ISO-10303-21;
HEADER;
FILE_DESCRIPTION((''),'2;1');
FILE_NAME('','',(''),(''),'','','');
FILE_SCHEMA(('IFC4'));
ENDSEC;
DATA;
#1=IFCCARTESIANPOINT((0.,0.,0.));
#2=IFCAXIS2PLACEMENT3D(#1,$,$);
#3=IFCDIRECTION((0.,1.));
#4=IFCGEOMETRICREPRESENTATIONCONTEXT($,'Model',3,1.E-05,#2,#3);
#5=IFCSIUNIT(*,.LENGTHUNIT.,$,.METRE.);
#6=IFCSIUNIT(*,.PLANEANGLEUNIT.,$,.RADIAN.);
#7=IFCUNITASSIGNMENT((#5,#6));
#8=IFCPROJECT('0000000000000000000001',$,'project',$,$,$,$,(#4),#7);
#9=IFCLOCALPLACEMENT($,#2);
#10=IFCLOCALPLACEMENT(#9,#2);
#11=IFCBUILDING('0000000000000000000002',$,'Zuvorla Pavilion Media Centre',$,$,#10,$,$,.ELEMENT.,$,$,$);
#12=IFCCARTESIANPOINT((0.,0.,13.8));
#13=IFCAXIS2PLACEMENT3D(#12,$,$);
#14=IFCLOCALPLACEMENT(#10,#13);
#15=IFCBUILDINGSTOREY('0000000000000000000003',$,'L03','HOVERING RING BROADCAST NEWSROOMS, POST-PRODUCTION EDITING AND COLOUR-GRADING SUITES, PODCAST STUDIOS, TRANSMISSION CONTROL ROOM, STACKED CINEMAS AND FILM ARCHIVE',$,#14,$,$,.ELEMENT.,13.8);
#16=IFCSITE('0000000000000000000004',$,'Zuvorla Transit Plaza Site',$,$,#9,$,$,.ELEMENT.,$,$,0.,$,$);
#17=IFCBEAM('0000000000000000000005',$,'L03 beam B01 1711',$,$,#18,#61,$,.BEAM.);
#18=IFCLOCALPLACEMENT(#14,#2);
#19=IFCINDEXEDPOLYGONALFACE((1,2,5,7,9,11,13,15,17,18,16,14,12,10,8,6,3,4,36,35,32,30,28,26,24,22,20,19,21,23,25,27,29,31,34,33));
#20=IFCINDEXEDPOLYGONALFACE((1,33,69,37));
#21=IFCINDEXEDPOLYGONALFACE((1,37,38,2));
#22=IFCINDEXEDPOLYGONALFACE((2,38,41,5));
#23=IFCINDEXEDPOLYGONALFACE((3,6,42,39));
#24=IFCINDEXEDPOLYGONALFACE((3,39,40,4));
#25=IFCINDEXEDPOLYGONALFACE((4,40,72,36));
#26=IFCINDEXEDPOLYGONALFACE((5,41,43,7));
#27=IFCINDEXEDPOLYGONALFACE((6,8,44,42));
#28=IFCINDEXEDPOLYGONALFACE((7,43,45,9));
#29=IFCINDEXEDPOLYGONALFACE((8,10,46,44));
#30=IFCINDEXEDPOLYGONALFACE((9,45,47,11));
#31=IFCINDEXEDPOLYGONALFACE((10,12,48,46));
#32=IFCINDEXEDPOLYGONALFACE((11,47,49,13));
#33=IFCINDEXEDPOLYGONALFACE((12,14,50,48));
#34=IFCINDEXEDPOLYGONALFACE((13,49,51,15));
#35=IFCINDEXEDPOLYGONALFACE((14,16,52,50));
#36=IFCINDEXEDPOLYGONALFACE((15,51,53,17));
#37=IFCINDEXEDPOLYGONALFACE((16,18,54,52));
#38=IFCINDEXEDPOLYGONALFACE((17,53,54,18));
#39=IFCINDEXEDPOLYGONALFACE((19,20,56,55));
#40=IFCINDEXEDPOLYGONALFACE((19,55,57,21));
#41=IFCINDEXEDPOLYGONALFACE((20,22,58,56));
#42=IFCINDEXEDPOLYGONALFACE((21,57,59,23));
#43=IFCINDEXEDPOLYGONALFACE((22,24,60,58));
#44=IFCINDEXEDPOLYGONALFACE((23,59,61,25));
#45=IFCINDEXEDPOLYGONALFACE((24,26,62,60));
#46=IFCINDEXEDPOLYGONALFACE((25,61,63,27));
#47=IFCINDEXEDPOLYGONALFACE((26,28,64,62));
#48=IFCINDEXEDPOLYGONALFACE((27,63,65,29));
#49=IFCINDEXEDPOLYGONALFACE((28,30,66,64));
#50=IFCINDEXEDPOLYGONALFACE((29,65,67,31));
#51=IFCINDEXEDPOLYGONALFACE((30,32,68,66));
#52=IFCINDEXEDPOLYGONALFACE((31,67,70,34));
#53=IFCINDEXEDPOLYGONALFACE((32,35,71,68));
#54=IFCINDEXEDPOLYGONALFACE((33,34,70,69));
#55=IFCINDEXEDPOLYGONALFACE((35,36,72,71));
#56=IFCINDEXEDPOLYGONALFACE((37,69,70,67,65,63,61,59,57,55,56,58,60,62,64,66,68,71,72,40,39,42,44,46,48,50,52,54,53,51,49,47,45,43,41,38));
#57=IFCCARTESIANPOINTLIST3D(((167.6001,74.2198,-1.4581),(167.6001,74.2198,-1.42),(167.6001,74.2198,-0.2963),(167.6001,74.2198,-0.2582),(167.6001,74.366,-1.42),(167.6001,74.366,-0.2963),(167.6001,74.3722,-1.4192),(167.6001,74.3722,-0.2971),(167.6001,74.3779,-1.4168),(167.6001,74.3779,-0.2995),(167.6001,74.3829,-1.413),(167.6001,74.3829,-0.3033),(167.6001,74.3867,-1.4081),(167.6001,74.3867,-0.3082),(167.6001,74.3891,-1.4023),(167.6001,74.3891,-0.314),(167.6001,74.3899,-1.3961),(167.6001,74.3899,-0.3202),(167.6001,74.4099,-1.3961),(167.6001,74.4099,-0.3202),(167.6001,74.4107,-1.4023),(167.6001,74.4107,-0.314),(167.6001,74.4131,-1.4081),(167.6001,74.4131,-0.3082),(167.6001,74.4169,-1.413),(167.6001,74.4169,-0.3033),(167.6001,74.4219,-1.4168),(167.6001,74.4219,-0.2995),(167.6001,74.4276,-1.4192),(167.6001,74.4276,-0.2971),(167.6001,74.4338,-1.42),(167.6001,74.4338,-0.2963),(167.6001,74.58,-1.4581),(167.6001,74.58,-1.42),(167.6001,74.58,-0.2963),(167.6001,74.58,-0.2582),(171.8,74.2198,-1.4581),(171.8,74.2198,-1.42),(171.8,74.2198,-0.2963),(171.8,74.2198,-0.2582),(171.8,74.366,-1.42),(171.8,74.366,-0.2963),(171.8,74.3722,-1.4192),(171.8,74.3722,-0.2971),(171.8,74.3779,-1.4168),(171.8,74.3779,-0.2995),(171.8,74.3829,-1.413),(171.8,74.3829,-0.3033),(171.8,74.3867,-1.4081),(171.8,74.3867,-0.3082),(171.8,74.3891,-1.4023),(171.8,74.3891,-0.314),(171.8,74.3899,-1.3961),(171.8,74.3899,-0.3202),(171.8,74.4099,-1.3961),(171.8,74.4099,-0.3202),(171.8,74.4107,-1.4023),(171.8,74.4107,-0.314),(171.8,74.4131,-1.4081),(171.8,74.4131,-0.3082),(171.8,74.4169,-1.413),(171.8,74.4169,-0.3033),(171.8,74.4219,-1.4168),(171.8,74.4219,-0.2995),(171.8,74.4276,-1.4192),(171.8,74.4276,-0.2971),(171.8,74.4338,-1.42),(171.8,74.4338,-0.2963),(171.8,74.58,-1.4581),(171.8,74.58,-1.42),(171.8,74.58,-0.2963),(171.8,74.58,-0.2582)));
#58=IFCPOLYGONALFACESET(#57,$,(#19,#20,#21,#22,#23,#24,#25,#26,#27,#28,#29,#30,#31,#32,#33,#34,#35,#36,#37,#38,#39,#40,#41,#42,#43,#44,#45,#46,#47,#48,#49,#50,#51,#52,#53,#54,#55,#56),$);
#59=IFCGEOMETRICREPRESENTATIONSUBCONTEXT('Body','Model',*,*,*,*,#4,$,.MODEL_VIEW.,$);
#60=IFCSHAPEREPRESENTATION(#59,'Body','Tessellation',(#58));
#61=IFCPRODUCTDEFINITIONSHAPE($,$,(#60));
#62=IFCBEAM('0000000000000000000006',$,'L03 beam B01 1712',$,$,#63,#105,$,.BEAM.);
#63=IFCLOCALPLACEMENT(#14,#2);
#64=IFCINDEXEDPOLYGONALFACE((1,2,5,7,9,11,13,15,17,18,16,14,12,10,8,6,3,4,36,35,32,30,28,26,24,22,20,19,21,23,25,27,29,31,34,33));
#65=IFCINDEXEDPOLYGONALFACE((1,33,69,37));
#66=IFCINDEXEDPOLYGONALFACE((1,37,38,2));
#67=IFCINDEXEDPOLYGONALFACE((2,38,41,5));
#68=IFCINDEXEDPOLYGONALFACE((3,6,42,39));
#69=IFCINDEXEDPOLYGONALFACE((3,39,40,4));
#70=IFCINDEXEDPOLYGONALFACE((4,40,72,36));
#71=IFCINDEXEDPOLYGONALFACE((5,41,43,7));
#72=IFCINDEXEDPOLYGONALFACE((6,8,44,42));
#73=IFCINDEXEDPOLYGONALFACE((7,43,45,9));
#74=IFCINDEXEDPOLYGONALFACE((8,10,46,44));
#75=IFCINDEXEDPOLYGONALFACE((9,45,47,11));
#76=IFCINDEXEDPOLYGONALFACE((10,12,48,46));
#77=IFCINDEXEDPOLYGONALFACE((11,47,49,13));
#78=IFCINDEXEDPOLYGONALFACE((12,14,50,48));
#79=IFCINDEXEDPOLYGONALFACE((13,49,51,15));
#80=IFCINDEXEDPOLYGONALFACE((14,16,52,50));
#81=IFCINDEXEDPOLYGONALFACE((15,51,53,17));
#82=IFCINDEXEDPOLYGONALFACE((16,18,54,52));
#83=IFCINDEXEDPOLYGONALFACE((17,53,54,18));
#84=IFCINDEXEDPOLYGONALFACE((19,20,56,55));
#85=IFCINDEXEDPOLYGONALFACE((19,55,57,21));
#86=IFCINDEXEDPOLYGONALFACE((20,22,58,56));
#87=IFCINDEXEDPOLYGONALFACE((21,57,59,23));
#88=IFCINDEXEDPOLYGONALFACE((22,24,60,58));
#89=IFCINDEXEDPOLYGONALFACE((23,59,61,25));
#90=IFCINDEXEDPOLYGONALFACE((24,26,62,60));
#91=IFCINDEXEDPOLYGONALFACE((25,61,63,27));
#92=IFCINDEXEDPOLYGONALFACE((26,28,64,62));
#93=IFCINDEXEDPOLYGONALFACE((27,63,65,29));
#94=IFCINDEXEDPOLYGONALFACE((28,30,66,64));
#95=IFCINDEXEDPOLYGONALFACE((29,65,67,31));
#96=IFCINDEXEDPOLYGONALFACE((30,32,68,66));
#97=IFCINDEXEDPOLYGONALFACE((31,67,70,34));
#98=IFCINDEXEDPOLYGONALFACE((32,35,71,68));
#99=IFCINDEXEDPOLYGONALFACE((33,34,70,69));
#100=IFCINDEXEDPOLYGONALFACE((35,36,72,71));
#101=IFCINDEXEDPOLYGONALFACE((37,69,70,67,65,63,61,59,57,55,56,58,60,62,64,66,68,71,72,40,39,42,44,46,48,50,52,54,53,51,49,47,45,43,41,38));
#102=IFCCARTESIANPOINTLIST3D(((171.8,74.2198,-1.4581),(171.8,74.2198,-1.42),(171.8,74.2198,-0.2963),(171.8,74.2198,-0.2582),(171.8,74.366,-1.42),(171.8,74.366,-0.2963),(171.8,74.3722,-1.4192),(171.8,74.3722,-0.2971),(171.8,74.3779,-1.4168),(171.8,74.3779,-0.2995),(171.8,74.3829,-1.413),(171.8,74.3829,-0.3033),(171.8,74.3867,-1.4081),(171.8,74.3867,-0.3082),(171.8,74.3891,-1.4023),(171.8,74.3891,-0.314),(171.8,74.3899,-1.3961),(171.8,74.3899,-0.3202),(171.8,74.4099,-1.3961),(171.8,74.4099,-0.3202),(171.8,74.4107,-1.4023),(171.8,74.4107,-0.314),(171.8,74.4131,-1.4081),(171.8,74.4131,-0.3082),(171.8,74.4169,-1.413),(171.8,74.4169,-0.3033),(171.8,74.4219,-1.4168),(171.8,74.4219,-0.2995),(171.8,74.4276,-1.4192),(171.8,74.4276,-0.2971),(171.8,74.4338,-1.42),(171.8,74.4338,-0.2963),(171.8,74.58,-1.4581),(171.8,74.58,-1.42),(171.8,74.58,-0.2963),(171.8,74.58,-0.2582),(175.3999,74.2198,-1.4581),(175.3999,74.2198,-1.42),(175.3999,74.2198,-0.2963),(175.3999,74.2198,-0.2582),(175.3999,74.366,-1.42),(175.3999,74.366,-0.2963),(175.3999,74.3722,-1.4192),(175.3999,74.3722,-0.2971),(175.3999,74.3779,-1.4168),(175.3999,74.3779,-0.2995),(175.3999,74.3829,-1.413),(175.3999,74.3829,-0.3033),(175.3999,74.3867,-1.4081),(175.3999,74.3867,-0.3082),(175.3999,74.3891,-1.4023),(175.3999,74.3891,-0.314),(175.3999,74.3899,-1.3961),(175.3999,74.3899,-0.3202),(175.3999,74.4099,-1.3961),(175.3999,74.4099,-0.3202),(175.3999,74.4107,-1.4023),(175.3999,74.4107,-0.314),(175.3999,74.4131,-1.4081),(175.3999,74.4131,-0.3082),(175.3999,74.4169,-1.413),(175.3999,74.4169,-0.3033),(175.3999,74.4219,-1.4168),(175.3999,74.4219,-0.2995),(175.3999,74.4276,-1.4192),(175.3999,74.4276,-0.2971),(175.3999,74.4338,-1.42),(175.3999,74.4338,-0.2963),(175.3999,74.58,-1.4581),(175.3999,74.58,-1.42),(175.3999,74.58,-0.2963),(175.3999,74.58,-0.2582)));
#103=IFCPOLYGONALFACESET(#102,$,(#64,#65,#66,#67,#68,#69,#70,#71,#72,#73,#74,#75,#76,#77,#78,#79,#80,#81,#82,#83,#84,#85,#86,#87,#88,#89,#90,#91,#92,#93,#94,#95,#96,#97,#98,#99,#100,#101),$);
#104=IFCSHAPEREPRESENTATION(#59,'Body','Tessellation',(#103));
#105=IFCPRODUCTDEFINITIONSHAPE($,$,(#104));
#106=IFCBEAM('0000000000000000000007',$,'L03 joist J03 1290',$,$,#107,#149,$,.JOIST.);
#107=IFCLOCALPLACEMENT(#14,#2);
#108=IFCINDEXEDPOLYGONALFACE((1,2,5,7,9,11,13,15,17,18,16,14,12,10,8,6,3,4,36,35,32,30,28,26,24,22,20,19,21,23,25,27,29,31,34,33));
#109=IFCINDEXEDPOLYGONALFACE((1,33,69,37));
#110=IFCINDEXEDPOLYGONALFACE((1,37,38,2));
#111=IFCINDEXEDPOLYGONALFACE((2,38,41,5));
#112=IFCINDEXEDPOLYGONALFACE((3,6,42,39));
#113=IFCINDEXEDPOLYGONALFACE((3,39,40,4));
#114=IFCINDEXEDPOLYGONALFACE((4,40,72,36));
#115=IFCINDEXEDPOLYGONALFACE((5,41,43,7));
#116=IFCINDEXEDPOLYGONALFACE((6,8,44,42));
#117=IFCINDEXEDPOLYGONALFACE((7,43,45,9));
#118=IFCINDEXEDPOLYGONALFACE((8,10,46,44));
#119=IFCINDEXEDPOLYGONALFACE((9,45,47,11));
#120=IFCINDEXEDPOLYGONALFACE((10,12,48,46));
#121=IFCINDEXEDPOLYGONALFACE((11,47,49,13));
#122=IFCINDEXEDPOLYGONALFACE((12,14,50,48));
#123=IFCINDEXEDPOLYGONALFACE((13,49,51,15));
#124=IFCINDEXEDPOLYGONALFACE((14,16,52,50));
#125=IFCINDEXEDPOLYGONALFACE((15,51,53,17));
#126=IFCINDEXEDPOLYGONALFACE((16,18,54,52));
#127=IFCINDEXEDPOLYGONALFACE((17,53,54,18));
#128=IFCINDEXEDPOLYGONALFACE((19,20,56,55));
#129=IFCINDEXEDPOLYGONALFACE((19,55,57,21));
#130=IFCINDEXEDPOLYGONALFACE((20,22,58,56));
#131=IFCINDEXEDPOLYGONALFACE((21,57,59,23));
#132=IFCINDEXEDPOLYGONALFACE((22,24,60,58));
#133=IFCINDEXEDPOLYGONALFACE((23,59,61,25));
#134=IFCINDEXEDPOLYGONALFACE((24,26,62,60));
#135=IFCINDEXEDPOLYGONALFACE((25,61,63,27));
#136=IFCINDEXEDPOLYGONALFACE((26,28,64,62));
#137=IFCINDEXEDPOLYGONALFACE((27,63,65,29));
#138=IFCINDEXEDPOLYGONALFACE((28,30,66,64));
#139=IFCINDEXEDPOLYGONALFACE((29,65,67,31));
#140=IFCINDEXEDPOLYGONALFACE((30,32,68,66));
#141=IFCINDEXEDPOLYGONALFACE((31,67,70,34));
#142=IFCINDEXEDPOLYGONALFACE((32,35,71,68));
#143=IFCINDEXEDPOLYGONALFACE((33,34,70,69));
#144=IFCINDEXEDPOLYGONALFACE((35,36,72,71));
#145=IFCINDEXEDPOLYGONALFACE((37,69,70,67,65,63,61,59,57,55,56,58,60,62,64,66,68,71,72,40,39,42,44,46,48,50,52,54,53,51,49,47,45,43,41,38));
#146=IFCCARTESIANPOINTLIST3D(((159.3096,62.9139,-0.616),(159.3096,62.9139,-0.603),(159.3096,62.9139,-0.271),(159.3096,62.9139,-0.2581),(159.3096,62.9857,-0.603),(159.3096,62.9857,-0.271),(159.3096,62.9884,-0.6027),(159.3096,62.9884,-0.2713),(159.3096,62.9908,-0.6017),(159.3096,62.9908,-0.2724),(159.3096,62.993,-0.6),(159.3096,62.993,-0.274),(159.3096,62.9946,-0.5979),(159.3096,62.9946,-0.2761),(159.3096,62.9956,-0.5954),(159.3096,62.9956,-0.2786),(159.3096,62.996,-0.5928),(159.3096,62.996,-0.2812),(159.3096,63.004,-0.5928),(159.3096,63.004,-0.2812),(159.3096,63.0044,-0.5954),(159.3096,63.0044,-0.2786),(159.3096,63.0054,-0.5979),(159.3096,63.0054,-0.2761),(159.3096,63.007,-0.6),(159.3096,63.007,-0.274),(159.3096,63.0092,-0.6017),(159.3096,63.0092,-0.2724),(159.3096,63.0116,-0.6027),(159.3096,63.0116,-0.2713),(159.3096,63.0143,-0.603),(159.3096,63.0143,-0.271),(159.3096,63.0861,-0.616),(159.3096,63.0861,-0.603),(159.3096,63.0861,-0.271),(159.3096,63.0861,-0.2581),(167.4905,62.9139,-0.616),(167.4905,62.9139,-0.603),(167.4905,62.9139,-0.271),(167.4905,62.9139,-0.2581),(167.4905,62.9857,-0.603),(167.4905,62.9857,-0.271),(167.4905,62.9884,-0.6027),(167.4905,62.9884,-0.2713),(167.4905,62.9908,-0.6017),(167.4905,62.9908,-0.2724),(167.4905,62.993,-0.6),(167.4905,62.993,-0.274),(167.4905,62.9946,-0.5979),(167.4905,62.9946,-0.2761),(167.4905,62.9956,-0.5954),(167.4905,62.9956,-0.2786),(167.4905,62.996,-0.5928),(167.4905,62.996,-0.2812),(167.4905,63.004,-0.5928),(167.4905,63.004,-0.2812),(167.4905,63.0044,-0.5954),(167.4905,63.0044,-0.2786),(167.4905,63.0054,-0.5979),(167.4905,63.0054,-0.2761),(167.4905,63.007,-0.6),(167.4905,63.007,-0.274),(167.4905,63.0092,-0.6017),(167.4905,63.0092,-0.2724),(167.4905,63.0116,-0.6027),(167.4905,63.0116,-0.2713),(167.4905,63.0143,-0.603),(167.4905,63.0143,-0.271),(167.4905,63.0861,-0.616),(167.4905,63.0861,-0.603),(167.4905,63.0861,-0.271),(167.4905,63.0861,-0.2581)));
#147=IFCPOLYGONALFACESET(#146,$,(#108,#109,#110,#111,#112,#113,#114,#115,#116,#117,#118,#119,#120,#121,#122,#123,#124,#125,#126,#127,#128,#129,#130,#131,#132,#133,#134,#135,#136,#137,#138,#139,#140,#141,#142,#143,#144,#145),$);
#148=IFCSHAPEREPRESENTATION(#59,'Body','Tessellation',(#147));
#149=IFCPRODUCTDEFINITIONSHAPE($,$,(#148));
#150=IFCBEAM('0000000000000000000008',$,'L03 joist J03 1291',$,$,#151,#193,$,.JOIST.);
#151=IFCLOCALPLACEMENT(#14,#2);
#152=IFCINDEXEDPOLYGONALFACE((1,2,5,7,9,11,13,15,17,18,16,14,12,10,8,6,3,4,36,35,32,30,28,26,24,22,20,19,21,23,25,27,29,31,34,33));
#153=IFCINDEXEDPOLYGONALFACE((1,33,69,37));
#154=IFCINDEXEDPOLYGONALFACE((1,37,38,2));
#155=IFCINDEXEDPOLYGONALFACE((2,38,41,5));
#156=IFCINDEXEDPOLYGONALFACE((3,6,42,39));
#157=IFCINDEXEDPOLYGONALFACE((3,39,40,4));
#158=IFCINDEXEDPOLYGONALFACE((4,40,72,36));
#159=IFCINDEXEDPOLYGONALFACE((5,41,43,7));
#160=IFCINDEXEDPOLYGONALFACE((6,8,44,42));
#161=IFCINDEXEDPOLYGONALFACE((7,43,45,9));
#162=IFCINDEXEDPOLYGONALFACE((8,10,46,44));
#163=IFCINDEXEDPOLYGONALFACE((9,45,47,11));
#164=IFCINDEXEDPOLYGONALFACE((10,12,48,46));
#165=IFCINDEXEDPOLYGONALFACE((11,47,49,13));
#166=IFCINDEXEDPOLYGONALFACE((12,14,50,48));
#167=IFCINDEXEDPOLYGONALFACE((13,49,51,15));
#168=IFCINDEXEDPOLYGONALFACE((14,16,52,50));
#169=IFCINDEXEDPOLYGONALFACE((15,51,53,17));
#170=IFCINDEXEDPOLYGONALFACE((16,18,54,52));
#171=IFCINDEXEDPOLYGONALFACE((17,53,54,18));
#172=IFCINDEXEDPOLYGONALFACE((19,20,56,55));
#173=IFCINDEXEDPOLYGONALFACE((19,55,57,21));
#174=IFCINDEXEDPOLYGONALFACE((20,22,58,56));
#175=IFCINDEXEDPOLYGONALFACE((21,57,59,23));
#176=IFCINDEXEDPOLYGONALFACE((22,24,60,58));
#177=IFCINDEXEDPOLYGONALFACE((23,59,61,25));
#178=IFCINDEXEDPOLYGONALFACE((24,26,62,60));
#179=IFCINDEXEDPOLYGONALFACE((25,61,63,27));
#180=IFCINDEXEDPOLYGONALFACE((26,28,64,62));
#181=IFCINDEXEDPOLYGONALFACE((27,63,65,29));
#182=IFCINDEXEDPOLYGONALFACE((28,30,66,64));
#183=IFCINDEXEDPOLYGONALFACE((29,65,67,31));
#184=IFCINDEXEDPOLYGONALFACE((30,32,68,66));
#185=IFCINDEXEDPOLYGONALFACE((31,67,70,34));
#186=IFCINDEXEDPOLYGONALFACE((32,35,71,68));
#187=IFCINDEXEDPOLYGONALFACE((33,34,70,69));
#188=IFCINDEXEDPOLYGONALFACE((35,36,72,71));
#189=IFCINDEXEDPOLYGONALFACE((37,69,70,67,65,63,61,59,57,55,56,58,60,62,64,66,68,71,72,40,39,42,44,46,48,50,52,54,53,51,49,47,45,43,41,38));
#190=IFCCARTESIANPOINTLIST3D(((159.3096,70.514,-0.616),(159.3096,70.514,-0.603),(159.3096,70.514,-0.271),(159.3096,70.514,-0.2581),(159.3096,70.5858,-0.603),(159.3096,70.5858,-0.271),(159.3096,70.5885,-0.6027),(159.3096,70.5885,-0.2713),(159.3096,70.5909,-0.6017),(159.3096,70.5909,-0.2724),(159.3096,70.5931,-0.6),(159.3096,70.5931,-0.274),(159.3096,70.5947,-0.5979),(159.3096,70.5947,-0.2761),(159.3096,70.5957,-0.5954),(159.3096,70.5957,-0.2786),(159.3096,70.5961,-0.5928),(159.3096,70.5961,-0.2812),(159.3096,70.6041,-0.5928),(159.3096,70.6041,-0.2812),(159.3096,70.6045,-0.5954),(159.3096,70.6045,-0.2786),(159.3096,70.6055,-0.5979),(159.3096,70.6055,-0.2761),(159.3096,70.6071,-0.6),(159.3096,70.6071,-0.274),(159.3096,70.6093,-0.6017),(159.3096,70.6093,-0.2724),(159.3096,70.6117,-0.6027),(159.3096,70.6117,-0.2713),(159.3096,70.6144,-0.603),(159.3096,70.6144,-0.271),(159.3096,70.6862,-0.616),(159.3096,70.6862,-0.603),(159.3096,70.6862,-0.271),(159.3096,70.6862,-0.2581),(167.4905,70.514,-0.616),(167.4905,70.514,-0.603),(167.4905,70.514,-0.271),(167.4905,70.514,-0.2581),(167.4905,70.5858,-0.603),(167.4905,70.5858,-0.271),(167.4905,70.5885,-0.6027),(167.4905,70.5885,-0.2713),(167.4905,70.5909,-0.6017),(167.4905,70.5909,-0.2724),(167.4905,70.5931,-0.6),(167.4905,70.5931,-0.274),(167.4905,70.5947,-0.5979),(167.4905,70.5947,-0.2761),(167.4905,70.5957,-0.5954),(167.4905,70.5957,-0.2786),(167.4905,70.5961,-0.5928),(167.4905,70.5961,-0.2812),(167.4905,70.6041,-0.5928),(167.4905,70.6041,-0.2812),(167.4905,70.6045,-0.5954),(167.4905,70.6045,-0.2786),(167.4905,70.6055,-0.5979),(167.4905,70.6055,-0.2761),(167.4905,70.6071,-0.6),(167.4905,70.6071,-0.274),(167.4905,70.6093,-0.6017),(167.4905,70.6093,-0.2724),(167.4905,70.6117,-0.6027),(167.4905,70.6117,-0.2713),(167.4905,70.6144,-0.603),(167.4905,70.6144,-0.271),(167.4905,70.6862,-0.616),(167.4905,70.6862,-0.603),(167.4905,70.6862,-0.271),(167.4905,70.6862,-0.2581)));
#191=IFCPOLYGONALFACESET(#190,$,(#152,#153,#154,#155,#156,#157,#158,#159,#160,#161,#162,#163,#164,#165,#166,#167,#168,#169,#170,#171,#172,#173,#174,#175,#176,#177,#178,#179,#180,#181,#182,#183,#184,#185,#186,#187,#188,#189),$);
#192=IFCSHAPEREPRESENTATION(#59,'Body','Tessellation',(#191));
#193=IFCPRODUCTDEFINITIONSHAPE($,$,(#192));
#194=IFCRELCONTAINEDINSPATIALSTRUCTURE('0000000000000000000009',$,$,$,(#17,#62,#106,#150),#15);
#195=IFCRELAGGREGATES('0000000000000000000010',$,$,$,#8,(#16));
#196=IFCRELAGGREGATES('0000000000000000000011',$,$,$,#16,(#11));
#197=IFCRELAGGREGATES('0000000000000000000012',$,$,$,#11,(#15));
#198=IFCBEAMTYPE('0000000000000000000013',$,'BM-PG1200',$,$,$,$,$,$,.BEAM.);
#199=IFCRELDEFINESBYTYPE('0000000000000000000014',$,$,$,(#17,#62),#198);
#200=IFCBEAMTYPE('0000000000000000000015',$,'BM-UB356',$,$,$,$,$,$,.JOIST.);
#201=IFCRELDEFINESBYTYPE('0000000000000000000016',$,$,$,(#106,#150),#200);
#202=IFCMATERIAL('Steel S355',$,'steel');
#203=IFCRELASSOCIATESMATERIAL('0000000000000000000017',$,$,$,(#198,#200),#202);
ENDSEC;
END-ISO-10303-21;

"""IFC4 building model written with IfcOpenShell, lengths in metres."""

from ifc_helpers import new_model, si_unit, direction, frame, origin, origin_2d, place, context, subcontext, project, spatial, i_section, extrude, material, material_profile, profile_set, type_object, element, save


model = new_model("IFC4")

# Units and contexts
model_context = context("Model", 3, precision=1e-05, world=origin(), true_north=direction((0.0, 1.0)))
body_context = subcontext(model_context, "Body", "Model", "MODEL_VIEW")
ifc_project = project(units=[si_unit("LENGTHUNIT", "METRE"), si_unit("PLANEANGLEUNIT", "RADIAN")], contexts=[model_context])

# Site, building, storey
site_placement = place(None, origin())
site = spatial("IfcSite", under=ifc_project, at=site_placement, Name="Zuvorla Transit Plaza Site", CompositionType="ELEMENT", RefElevation=0.0)
building_placement = place(site_placement, origin())
building = spatial("IfcBuilding", under=site, at=building_placement, Name="Zuvorla Pavilion Media Centre", CompositionType="ELEMENT")
storey_placement = place(building_placement, frame((0.0, 0.0, 13.8)))
storey = spatial("IfcBuildingStorey", under=building, at=storey_placement, Name="L03", Description="HOVERING RING BROADCAST NEWSROOMS, POST-PRODUCTION EDITING AND COLOUR-GRADING SUITES, PODCAST STUDIOS, TRANSMISSION CONTROL ROOM, STACKED CINEMAS AND FILM ARCHIVE", CompositionType="ELEMENT", Elevation=13.8)

# Shared definitions
ifc_material_1 = material(Name="Steel S355", Category="steel")

# Beams
ifc_material_profile_1 = material_profile(ifc_material_1, i_section(OverallWidth=0.3601, OverallDepth=1.2, WebThickness=0.02, FlangeThickness=0.0381, FilletRadius=0.0239, at=origin_2d()), Name="PG 1200x360x38")
ifc_profile_set_1 = profile_set([ifc_material_profile_1], Name="Steel S355")
beam_type_1 = type_object("IfcBeamType", Name="BM-PG1200", PredefinedType="BEAM", material=ifc_profile_set_1)
beam_1_placement = place(storey_placement, frame((167.6001, 74.3999, -0.8582), z_axis=(1.0, 0.0, 0.0), x_axis=(0.0, 1.0, 0.0)))
element("IfcBeam", 1, at=beam_1_placement, inside=storey, type_object=beam_type_1, Name="L03 beam B01 1711", PredefinedType="BEAM", context=body_context, shape_type="SweptSolid", body=[
    extrude(i_section(OverallWidth=0.3601, OverallDepth=1.2, WebThickness=0.02, FlangeThickness=0.0381, FilletRadius=0.0239, at=origin_2d()), origin(), (0.0, 0.0, 1.0), 4.2),
])
beam_2_placement = place(storey_placement, frame((171.8, 74.3999, -0.8582), z_axis=(1.0, 0.0, 0.0), x_axis=(0.0, 1.0, 0.0)))
element("IfcBeam", 2, at=beam_2_placement, inside=storey, type_object=beam_type_1, Name="L03 beam B01 1712", PredefinedType="BEAM", context=body_context, shape_type="SweptSolid", body=[
    extrude(i_section(OverallWidth=0.3601, OverallDepth=1.2, WebThickness=0.02, FlangeThickness=0.0381, FilletRadius=0.0239, at=origin_2d()), origin(), (0.0, 0.0, 1.0), 3.5999),
])
ifc_material_profile_2 = material_profile(ifc_material_1, i_section(OverallWidth=0.1721, OverallDepth=0.3579, WebThickness=0.0081, FlangeThickness=0.0129, FilletRadius=0.0103, at=origin_2d()), Name="UB 356x171x57")
ifc_profile_set_2 = profile_set([ifc_material_profile_2], Name="Steel S355")
beam_type_2 = type_object("IfcBeamType", Name="BM-UB356", PredefinedType="JOIST", material=ifc_profile_set_2)
for number, where, z_axis, x_axis, name in (
    (3, (159.3096, 63.0, -0.437), (1.0, 0.0, 0.0), (0.0, 1.0, 0.0), "L03 joist J03 1290"),
    (4, (159.3096, 70.6001, -0.437), (1.0, 0.0, 0.0), (0.0, 1.0, 0.0), "L03 joist J03 1291"),
):
    element("IfcBeam", number, at=place(storey_placement, frame(where, z_axis=z_axis, x_axis=x_axis)), inside=storey, type_object=beam_type_2, Name=name, PredefinedType="JOIST", context=body_context, shape_type="SweptSolid", body=[
        extrude(i_section(OverallWidth=0.1721, OverallDepth=0.3579, WebThickness=0.0081, FlangeThickness=0.0129, FilletRadius=0.0103, at=origin_2d()), origin(), (0.0, 0.0, 1.0), 8.1809),
    ])

save(model, "model.ifc")
